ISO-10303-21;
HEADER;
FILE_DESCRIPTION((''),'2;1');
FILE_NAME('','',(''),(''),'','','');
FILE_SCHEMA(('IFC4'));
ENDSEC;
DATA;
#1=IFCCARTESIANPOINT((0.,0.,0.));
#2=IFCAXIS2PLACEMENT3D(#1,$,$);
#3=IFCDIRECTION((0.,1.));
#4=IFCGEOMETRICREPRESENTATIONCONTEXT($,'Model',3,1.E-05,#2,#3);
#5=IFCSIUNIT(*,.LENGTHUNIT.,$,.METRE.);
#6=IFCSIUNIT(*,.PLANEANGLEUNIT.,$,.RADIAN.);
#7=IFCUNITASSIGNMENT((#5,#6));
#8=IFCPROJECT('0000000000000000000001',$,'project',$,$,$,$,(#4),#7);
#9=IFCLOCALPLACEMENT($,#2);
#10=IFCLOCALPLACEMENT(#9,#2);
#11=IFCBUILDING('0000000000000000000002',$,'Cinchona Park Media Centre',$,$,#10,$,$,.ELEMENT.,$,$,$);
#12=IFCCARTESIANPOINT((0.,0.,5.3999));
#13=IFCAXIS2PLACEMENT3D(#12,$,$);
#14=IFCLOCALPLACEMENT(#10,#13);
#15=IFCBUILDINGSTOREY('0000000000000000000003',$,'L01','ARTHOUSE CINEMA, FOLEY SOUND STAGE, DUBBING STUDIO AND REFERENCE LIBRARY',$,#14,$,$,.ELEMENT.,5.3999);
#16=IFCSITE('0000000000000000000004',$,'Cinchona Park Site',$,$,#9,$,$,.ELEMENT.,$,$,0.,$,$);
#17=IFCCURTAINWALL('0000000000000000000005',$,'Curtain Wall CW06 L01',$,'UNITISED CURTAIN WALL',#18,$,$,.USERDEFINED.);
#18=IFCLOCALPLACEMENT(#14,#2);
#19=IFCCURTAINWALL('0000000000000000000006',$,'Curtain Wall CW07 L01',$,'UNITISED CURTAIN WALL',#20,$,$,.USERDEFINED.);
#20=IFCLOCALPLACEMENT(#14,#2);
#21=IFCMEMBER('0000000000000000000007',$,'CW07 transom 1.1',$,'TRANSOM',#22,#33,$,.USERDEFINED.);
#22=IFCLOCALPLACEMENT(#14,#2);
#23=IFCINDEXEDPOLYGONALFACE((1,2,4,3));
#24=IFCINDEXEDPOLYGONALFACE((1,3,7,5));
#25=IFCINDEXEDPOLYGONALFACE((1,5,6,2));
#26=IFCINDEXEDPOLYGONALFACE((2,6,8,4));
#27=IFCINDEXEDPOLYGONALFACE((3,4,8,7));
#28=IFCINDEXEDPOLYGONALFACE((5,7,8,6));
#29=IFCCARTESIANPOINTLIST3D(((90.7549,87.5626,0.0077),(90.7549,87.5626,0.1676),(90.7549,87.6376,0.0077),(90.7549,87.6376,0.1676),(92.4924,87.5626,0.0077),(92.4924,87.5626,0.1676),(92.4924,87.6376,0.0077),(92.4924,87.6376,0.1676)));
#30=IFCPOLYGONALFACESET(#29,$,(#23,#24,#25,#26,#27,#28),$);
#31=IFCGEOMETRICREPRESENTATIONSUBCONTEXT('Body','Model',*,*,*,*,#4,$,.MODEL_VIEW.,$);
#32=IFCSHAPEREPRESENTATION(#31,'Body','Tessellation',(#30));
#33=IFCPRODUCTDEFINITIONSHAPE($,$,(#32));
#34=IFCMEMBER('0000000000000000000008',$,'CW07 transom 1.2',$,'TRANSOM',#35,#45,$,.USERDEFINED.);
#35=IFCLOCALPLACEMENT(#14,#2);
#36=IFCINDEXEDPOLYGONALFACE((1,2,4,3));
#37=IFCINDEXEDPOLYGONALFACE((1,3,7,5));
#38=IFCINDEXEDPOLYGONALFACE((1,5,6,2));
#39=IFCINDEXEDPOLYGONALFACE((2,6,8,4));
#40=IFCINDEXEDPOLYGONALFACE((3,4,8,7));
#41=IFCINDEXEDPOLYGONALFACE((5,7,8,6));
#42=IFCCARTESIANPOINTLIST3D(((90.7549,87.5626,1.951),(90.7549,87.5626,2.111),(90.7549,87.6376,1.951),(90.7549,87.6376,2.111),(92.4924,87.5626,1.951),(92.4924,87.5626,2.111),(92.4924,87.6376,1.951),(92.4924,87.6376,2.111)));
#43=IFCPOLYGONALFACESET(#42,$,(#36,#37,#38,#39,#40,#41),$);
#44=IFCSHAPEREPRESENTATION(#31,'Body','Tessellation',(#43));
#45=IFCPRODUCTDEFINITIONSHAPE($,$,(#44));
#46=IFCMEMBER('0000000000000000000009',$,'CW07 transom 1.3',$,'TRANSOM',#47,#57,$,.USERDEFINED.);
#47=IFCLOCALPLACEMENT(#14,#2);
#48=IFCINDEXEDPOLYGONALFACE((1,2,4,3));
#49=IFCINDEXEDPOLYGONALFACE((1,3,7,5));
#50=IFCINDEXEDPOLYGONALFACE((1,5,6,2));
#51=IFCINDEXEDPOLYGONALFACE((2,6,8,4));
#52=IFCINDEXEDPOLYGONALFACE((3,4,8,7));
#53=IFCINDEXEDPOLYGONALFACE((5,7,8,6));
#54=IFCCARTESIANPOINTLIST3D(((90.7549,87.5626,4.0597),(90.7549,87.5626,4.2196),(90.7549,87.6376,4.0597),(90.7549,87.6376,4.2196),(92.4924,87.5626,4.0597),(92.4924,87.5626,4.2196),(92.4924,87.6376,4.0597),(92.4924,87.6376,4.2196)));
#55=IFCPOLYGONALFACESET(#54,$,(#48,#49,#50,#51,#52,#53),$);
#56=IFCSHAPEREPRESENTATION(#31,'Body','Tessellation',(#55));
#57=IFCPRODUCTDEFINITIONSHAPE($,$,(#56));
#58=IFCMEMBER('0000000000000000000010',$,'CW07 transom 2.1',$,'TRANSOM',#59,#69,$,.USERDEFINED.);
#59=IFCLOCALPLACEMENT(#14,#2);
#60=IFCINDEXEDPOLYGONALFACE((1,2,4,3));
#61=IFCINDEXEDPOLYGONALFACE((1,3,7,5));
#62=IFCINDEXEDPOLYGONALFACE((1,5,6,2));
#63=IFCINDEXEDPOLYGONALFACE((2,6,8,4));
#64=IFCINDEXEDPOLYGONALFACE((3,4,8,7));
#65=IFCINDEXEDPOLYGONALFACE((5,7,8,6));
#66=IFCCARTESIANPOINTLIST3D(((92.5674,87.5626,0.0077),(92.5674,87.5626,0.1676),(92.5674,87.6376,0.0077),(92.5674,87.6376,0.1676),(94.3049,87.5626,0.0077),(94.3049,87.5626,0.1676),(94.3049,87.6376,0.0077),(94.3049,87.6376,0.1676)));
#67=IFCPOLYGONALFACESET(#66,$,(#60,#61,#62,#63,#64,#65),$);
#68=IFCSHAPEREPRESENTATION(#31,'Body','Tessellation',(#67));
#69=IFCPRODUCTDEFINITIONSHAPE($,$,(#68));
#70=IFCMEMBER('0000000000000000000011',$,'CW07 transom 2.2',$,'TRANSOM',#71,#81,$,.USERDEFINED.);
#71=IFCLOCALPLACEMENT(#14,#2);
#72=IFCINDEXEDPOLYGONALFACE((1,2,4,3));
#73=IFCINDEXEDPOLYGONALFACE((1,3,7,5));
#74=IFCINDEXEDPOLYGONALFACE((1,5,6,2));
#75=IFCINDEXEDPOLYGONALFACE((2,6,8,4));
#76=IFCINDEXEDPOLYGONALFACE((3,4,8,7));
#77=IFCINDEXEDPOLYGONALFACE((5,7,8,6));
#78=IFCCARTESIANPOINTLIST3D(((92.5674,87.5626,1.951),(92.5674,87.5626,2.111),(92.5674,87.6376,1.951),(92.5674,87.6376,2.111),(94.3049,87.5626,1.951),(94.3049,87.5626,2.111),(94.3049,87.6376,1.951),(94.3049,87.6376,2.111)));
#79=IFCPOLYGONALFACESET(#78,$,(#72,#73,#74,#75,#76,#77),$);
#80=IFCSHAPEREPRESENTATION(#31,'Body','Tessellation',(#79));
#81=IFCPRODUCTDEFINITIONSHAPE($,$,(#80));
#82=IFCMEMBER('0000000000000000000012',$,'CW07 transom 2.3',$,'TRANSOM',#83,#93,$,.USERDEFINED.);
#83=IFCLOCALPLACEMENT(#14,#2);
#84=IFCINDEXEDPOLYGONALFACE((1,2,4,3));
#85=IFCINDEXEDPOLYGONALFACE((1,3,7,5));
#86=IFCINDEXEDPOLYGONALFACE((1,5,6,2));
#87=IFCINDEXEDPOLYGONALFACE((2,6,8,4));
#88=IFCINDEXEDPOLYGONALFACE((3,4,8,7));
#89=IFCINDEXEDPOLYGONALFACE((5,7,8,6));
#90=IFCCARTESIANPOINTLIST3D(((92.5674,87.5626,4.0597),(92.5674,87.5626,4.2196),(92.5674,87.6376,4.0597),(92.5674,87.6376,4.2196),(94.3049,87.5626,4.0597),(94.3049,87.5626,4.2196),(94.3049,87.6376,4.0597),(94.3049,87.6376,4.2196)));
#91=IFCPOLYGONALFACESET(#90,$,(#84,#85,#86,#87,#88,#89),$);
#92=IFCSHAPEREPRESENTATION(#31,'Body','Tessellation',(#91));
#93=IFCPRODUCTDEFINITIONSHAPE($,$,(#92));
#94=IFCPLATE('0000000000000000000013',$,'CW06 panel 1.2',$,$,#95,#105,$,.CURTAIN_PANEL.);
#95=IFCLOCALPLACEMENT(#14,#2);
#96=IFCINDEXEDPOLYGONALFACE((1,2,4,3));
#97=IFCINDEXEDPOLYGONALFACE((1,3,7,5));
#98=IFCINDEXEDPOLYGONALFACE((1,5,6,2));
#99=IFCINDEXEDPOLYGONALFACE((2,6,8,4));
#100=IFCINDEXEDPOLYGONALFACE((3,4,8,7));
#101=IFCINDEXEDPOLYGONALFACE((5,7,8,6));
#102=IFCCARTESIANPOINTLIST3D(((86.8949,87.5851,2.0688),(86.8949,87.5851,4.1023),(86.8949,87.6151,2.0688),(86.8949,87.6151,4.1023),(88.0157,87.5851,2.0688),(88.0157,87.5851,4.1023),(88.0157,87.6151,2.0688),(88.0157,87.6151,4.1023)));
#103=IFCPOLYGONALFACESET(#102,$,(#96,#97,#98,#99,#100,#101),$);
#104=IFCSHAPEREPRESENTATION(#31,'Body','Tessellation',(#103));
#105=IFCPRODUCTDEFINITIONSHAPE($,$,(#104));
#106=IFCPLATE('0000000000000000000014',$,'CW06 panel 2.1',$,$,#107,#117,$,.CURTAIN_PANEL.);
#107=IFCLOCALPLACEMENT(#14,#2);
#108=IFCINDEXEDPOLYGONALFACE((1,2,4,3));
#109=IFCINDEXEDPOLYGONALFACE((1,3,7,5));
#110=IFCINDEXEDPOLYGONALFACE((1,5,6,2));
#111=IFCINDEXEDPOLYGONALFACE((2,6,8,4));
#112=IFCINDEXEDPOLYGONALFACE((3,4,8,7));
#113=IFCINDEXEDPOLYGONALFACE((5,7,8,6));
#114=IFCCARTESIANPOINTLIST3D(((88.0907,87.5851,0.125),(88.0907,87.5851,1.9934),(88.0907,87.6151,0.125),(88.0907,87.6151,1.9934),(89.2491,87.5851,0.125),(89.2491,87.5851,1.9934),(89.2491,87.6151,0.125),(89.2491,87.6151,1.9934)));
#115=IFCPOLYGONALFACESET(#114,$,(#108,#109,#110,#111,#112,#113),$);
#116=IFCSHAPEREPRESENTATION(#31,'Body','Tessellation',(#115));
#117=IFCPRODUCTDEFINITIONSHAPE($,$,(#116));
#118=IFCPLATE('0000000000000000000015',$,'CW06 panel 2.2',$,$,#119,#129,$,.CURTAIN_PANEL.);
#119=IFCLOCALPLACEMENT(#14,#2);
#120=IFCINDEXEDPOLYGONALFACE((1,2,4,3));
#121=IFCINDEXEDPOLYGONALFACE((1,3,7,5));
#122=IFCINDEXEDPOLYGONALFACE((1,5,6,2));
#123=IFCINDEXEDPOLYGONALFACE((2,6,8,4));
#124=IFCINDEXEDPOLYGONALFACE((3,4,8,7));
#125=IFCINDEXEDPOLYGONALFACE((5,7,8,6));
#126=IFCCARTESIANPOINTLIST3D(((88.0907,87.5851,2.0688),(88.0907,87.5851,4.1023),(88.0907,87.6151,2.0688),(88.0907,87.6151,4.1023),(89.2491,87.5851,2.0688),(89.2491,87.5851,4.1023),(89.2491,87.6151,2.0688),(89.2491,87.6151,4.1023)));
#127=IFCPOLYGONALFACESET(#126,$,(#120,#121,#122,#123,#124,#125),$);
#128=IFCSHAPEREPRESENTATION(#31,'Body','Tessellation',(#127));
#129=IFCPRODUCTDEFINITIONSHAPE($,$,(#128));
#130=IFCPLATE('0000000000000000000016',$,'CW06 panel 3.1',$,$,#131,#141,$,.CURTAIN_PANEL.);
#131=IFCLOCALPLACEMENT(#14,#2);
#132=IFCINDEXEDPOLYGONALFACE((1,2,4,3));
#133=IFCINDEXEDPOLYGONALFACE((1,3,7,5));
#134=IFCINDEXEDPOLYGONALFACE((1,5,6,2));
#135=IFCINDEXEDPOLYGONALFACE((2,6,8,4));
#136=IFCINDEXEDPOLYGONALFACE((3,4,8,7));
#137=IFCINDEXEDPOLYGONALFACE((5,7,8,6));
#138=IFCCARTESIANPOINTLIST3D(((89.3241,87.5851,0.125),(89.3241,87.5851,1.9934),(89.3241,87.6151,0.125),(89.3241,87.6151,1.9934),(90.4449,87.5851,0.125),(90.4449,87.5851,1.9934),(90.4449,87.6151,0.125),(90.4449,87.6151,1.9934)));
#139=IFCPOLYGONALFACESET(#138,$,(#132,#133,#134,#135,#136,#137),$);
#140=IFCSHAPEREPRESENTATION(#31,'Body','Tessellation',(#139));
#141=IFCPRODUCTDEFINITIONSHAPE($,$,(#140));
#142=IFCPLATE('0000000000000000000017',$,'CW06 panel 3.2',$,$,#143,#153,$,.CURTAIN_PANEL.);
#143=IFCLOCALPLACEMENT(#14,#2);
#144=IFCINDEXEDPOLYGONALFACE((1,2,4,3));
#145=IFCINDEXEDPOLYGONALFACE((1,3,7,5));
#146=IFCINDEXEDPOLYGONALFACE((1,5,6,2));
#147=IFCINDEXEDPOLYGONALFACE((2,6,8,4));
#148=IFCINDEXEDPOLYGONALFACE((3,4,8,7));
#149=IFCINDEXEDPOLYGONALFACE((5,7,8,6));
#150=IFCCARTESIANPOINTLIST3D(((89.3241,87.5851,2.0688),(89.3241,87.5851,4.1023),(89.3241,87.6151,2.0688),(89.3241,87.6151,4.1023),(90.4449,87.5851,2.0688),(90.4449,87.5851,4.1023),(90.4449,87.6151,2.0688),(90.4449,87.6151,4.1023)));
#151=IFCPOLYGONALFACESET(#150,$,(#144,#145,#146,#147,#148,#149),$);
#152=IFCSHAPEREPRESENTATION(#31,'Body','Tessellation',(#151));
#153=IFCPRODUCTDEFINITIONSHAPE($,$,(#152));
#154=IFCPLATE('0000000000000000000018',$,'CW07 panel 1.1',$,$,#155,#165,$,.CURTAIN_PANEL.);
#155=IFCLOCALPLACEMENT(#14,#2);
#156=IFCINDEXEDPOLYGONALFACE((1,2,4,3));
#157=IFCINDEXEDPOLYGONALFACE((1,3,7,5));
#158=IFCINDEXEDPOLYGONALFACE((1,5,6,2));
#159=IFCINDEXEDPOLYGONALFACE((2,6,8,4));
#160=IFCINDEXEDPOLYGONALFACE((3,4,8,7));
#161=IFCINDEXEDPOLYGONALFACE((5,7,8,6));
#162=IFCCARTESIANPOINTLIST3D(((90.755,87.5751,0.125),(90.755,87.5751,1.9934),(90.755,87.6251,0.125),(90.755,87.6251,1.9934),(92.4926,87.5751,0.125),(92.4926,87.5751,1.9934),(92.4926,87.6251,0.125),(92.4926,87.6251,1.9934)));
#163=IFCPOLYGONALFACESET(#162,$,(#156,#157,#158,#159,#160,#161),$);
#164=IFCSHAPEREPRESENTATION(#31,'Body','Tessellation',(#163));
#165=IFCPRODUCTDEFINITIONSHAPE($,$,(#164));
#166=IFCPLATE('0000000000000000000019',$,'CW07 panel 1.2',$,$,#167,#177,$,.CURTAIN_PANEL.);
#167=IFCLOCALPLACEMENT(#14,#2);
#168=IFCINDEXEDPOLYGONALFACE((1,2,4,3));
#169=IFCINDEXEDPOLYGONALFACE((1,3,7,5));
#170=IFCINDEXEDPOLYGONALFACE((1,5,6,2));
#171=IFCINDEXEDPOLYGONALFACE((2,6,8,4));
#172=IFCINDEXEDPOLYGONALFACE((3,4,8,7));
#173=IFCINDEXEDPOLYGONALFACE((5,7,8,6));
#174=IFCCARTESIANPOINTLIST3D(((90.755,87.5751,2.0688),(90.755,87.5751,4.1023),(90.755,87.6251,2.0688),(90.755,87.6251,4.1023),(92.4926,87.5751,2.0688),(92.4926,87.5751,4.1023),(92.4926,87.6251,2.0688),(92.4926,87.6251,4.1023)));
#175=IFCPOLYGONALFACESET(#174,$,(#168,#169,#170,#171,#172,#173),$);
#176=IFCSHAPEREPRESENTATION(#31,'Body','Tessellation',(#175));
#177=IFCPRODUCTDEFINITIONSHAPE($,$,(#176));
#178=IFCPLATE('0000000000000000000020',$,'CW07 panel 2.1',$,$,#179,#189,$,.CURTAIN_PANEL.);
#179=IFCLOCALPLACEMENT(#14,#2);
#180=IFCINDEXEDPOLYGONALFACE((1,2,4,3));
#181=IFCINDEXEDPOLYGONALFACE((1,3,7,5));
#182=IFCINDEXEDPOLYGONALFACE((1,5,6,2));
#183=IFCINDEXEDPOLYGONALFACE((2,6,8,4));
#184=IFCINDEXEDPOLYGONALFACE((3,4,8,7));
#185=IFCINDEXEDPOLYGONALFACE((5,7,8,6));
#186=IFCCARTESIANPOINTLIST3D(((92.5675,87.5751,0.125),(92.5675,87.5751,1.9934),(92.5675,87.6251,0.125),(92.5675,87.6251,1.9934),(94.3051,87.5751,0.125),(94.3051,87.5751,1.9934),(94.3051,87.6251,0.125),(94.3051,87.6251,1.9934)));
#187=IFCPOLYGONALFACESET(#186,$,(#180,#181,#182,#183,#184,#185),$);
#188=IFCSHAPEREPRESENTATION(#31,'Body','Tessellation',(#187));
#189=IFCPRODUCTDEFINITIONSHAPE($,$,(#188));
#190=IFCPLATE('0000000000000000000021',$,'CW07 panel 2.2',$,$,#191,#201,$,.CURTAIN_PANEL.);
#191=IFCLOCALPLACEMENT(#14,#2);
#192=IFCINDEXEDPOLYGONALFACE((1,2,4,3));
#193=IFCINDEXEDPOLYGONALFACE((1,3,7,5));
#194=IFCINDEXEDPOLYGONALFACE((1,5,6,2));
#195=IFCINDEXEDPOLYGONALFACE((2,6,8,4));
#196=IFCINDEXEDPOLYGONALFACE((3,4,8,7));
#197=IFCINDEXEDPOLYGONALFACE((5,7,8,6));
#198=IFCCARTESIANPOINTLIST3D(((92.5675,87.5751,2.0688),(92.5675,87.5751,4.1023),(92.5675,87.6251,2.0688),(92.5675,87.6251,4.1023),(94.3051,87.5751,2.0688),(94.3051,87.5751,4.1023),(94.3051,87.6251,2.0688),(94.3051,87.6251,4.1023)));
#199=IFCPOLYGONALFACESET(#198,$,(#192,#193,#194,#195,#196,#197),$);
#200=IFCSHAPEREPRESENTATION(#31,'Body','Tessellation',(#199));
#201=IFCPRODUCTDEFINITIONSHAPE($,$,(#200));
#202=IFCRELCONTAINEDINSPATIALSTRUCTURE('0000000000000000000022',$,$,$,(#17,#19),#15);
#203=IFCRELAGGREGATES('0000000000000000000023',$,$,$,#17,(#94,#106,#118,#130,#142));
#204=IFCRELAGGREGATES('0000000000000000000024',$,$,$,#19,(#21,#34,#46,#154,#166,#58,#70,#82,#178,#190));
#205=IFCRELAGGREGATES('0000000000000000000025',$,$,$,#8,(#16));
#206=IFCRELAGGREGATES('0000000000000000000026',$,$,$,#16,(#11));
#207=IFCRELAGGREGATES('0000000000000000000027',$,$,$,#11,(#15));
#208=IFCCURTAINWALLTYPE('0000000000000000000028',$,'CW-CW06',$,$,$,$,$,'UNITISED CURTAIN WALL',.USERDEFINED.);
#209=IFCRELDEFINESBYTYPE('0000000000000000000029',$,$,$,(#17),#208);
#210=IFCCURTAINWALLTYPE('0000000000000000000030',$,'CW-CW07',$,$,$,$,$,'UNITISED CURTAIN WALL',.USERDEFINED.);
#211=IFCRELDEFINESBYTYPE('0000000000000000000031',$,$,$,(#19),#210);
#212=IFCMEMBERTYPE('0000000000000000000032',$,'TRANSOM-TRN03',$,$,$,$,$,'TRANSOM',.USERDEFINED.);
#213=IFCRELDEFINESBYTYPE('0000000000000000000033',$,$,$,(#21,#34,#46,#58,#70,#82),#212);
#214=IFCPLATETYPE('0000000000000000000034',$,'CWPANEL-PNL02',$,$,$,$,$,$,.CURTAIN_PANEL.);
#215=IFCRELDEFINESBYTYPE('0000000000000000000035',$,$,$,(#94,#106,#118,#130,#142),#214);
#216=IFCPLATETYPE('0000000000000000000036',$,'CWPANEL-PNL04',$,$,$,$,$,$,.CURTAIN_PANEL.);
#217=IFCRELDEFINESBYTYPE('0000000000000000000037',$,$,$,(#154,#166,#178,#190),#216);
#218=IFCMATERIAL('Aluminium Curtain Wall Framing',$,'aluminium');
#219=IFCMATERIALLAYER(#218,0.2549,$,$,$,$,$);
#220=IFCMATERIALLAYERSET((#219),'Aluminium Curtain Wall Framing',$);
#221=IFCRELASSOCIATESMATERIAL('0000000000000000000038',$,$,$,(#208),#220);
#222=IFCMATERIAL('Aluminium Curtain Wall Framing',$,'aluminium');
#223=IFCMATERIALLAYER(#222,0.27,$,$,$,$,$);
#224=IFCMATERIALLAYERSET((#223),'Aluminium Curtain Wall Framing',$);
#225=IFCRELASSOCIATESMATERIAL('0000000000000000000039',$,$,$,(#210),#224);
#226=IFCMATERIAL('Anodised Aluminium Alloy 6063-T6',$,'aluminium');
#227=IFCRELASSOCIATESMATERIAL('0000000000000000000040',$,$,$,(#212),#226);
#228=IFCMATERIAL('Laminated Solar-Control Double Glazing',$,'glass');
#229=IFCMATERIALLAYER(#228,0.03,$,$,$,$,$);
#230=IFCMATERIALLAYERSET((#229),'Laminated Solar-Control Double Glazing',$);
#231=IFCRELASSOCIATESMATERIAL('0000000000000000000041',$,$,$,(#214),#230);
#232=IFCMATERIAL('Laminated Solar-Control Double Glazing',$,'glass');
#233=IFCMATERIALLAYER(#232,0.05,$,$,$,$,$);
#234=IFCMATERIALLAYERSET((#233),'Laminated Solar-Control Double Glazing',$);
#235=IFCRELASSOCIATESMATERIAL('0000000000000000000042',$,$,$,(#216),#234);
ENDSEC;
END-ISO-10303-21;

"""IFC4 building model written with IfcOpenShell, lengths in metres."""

from ifc_helpers import new_model, si_unit, direction, frame, origin, origin_2d, place, context, subcontext, project, spatial, rectangle, extrude, material, layer, layer_set, material_profile, profile_set, type_object, element, aggregate, save


model = new_model("IFC4")

# Units and contexts
model_context = context("Model", 3, precision=1e-05, world=origin(), true_north=direction((0.0, 1.0)))
body_context = subcontext(model_context, "Body", "Model", "MODEL_VIEW")
ifc_project = project(units=[si_unit("LENGTHUNIT", "METRE"), si_unit("PLANEANGLEUNIT", "RADIAN")], contexts=[model_context])

# Site, building, storey
site_placement = place(None, origin())
site = spatial("IfcSite", under=ifc_project, at=site_placement, Name="Cinchona Park Site", CompositionType="ELEMENT", RefElevation=0.0)
building_placement = place(site_placement, origin())
building = spatial("IfcBuilding", under=site, at=building_placement, Name="Cinchona Park Media Centre", CompositionType="ELEMENT")
storey_placement = place(building_placement, frame((0.0, 0.0, 5.3999)))
storey = spatial("IfcBuildingStorey", under=building, at=storey_placement, Name="L01", Description="ARTHOUSE CINEMA, FOLEY SOUND STAGE, DUBBING STUDIO AND REFERENCE LIBRARY", CompositionType="ELEMENT", Elevation=5.3999)

# Curtain walls
ifc_material_1 = material(Name="Aluminium Curtain Wall Framing", Category="aluminium")
ifc_layer_1 = layer(ifc_material_1, 0.2549)
ifc_layer_set_1 = layer_set([ifc_layer_1], Name="Aluminium Curtain Wall Framing")
curtain_wall_type_1 = type_object("IfcCurtainWallType", Name="CW-CW06", ElementType="UNITISED CURTAIN WALL", PredefinedType="USERDEFINED", material=ifc_layer_set_1)
curtain_wall_1_placement = place(storey_placement, origin())
curtain_wall_1 = element("IfcCurtainWall", 1, at=curtain_wall_1_placement, inside=storey, type_object=curtain_wall_type_1, Name="Curtain Wall CW06 L01", ObjectType="UNITISED CURTAIN WALL", PredefinedType="USERDEFINED")
ifc_material_2 = material(Name="Aluminium Curtain Wall Framing", Category="aluminium")
ifc_layer_2 = layer(ifc_material_2, 0.27)
ifc_layer_set_2 = layer_set([ifc_layer_2], Name="Aluminium Curtain Wall Framing")
curtain_wall_type_2 = type_object("IfcCurtainWallType", Name="CW-CW07", ElementType="UNITISED CURTAIN WALL", PredefinedType="USERDEFINED", material=ifc_layer_set_2)
curtain_wall_2_placement = place(storey_placement, origin())
curtain_wall_2 = element("IfcCurtainWall", 2, at=curtain_wall_2_placement, inside=storey, type_object=curtain_wall_type_2, Name="Curtain Wall CW07 L01", ObjectType="UNITISED CURTAIN WALL", PredefinedType="USERDEFINED")

# Members
ifc_material_3 = material(Name="Anodised Aluminium Alloy 6063-T6", Category="aluminium")
ifc_material_profile_1 = material_profile(ifc_material_3, rectangle(XDim=0.075, YDim=0.1599, at=origin_2d()), Name="TRN-75X160")
ifc_profile_set_1 = profile_set([ifc_material_profile_1], Name="Anodised Aluminium Alloy 6063-T6")
member_type_1 = type_object("IfcMemberType", Name="TRANSOM-TRN03", ElementType="TRANSOM", PredefinedType="USERDEFINED", material=ifc_profile_set_1)
member_1_placement = place(storey_placement, frame((90.7549, 87.6001, 0.0876), z_axis=(1.0, 0.0, 0.0), x_axis=(0.0, 1.0, 0.0)))
member_1 = element("IfcMember", 3, at=member_1_placement, type_object=member_type_1, Name="CW07 transom 1.1", ObjectType="TRANSOM", PredefinedType="USERDEFINED", context=body_context, shape_type="SweptSolid", body=[
    extrude(rectangle(XDim=0.075, YDim=0.1599, at=origin_2d()), origin(), (0.0, 0.0, 1.0), 1.7375),
])
member_2_placement = place(storey_placement, frame((90.7549, 87.6001, 2.031), z_axis=(1.0, 0.0, 0.0), x_axis=(0.0, 1.0, 0.0)))
member_2 = element("IfcMember", 4, at=member_2_placement, type_object=member_type_1, Name="CW07 transom 1.2", ObjectType="TRANSOM", PredefinedType="USERDEFINED", context=body_context, shape_type="SweptSolid", body=[
    extrude(rectangle(XDim=0.075, YDim=0.1599, at=origin_2d()), origin(), (0.0, 0.0, 1.0), 1.7375),
])
member_3_placement = place(storey_placement, frame((90.7549, 87.6001, 4.1396), z_axis=(1.0, 0.0, 0.0), x_axis=(0.0, 1.0, 0.0)))
member_3 = element("IfcMember", 5, at=member_3_placement, type_object=member_type_1, Name="CW07 transom 1.3", ObjectType="TRANSOM", PredefinedType="USERDEFINED", context=body_context, shape_type="SweptSolid", body=[
    extrude(rectangle(XDim=0.075, YDim=0.1599, at=origin_2d()), origin(), (0.0, 0.0, 1.0), 1.7375),
])
member_4_placement = place(storey_placement, frame((92.5674, 87.6001, 0.0876), z_axis=(1.0, 0.0, 0.0), x_axis=(0.0, 1.0, 0.0)))
member_4 = element("IfcMember", 6, at=member_4_placement, type_object=member_type_1, Name="CW07 transom 2.1", ObjectType="TRANSOM", PredefinedType="USERDEFINED", context=body_context, shape_type="SweptSolid", body=[
    extrude(rectangle(XDim=0.075, YDim=0.1599, at=origin_2d()), origin(), (0.0, 0.0, 1.0), 1.7375),
])
member_5_placement = place(storey_placement, frame((92.5674, 87.6001, 2.031), z_axis=(1.0, 0.0, 0.0), x_axis=(0.0, 1.0, 0.0)))
member_5 = element("IfcMember", 7, at=member_5_placement, type_object=member_type_1, Name="CW07 transom 2.2", ObjectType="TRANSOM", PredefinedType="USERDEFINED", context=body_context, shape_type="SweptSolid", body=[
    extrude(rectangle(XDim=0.075, YDim=0.1599, at=origin_2d()), origin(), (0.0, 0.0, 1.0), 1.7375),
])
member_6_placement = place(storey_placement, frame((92.5674, 87.6001, 4.1396), z_axis=(1.0, 0.0, 0.0), x_axis=(0.0, 1.0, 0.0)))
member_6 = element("IfcMember", 8, at=member_6_placement, type_object=member_type_1, Name="CW07 transom 2.3", ObjectType="TRANSOM", PredefinedType="USERDEFINED", context=body_context, shape_type="SweptSolid", body=[
    extrude(rectangle(XDim=0.075, YDim=0.1599, at=origin_2d()), origin(), (0.0, 0.0, 1.0), 1.7375),
])

# Plates
ifc_material_4 = material(Name="Laminated Solar-Control Double Glazing", Category="glass")
ifc_layer_3 = layer(ifc_material_4, 0.03)
ifc_layer_set_3 = layer_set([ifc_layer_3], Name="Laminated Solar-Control Double Glazing")
plate_type_1 = type_object("IfcPlateType", Name="CWPANEL-PNL02", PredefinedType="CURTAIN_PANEL", material=ifc_layer_set_3)
plate_1_placement = place(storey_placement, frame((87.4553, 87.6001, 2.0688), z_axis=(0.0, 0.0, 1.0), x_axis=(1.0, 0.0, 0.0)))
plate_1 = element("IfcPlate", 9, at=plate_1_placement, type_object=plate_type_1, Name="CW06 panel 1.2", PredefinedType="CURTAIN_PANEL", context=body_context, shape_type="SweptSolid", body=[
    extrude(rectangle(XDim=1.1208, YDim=0.03, at=origin_2d()), origin(), (0.0, 0.0, 1.0), 2.0334),
])
plate_2_placement = place(storey_placement, frame((88.6699, 87.6001, 0.125), z_axis=(0.0, 0.0, 1.0), x_axis=(1.0, 0.0, 0.0)))
plate_2 = element("IfcPlate", 10, at=plate_2_placement, type_object=plate_type_1, Name="CW06 panel 2.1", PredefinedType="CURTAIN_PANEL", context=body_context, shape_type="SweptSolid", body=[
    extrude(rectangle(XDim=1.1584, YDim=0.03, at=origin_2d()), origin(), (0.0, 0.0, 1.0), 1.8684),
])
plate_3_placement = place(storey_placement, frame((88.6699, 87.6001, 2.0688), z_axis=(0.0, 0.0, 1.0), x_axis=(1.0, 0.0, 0.0)))
plate_3 = element("IfcPlate", 11, at=plate_3_placement, type_object=plate_type_1, Name="CW06 panel 2.2", PredefinedType="CURTAIN_PANEL", context=body_context, shape_type="SweptSolid", body=[
    extrude(rectangle(XDim=1.1584, YDim=0.03, at=origin_2d()), origin(), (0.0, 0.0, 1.0), 2.0334),
])
plate_4_placement = place(storey_placement, frame((89.8845, 87.6001, 0.125), z_axis=(0.0, 0.0, 1.0), x_axis=(1.0, 0.0, 0.0)))
plate_4 = element("IfcPlate", 12, at=plate_4_placement, type_object=plate_type_1, Name="CW06 panel 3.1", PredefinedType="CURTAIN_PANEL", context=body_context, shape_type="SweptSolid", body=[
    extrude(rectangle(XDim=1.1208, YDim=0.03, at=origin_2d()), origin(), (0.0, 0.0, 1.0), 1.8684),
])
plate_5_placement = place(storey_placement, frame((89.8845, 87.6001, 2.0688), z_axis=(0.0, 0.0, 1.0), x_axis=(1.0, 0.0, 0.0)))
plate_5 = element("IfcPlate", 13, at=plate_5_placement, type_object=plate_type_1, Name="CW06 panel 3.2", PredefinedType="CURTAIN_PANEL", context=body_context, shape_type="SweptSolid", body=[
    extrude(rectangle(XDim=1.1208, YDim=0.03, at=origin_2d()), origin(), (0.0, 0.0, 1.0), 2.0334),
])
aggregate(curtain_wall_1, [plate_1, plate_2, plate_3, plate_4, plate_5])
ifc_material_5 = material(Name="Laminated Solar-Control Double Glazing", Category="glass")
ifc_layer_4 = layer(ifc_material_5, 0.05)
ifc_layer_set_4 = layer_set([ifc_layer_4], Name="Laminated Solar-Control Double Glazing")
plate_type_2 = type_object("IfcPlateType", Name="CWPANEL-PNL04", PredefinedType="CURTAIN_PANEL", material=ifc_layer_set_4)
plate_6_placement = place(storey_placement, frame((91.6238, 87.6001, 0.125), z_axis=(0.0, 0.0, 1.0), x_axis=(1.0, 0.0, 0.0)))
plate_6 = element("IfcPlate", 14, at=plate_6_placement, type_object=plate_type_2, Name="CW07 panel 1.1", PredefinedType="CURTAIN_PANEL", context=body_context, shape_type="SweptSolid", body=[
    extrude(rectangle(XDim=1.7375, YDim=0.05, at=origin_2d()), origin(), (0.0, 0.0, 1.0), 1.8684),
])
plate_7_placement = place(storey_placement, frame((91.6238, 87.6001, 2.0688), z_axis=(0.0, 0.0, 1.0), x_axis=(1.0, 0.0, 0.0)))
plate_7 = element("IfcPlate", 15, at=plate_7_placement, type_object=plate_type_2, Name="CW07 panel 1.2", PredefinedType="CURTAIN_PANEL", context=body_context, shape_type="SweptSolid", body=[
    extrude(rectangle(XDim=1.7375, YDim=0.05, at=origin_2d()), origin(), (0.0, 0.0, 1.0), 2.0334),
])
plate_8_placement = place(storey_placement, frame((93.4363, 87.6001, 0.125), z_axis=(0.0, 0.0, 1.0), x_axis=(1.0, 0.0, 0.0)))
plate_8 = element("IfcPlate", 16, at=plate_8_placement, type_object=plate_type_2, Name="CW07 panel 2.1", PredefinedType="CURTAIN_PANEL", context=body_context, shape_type="SweptSolid", body=[
    extrude(rectangle(XDim=1.7375, YDim=0.05, at=origin_2d()), origin(), (0.0, 0.0, 1.0), 1.8684),
])
plate_9_placement = place(storey_placement, frame((93.4363, 87.6001, 2.0688), z_axis=(0.0, 0.0, 1.0), x_axis=(1.0, 0.0, 0.0)))
plate_9 = element("IfcPlate", 17, at=plate_9_placement, type_object=plate_type_2, Name="CW07 panel 2.2", PredefinedType="CURTAIN_PANEL", context=body_context, shape_type="SweptSolid", body=[
    extrude(rectangle(XDim=1.7375, YDim=0.05, at=origin_2d()), origin(), (0.0, 0.0, 1.0), 2.0334),
])
aggregate(curtain_wall_2, [member_1, member_2, member_3, plate_6, plate_7, member_4, member_5, member_6, plate_8, plate_9])

save(model, "model.ifc")
